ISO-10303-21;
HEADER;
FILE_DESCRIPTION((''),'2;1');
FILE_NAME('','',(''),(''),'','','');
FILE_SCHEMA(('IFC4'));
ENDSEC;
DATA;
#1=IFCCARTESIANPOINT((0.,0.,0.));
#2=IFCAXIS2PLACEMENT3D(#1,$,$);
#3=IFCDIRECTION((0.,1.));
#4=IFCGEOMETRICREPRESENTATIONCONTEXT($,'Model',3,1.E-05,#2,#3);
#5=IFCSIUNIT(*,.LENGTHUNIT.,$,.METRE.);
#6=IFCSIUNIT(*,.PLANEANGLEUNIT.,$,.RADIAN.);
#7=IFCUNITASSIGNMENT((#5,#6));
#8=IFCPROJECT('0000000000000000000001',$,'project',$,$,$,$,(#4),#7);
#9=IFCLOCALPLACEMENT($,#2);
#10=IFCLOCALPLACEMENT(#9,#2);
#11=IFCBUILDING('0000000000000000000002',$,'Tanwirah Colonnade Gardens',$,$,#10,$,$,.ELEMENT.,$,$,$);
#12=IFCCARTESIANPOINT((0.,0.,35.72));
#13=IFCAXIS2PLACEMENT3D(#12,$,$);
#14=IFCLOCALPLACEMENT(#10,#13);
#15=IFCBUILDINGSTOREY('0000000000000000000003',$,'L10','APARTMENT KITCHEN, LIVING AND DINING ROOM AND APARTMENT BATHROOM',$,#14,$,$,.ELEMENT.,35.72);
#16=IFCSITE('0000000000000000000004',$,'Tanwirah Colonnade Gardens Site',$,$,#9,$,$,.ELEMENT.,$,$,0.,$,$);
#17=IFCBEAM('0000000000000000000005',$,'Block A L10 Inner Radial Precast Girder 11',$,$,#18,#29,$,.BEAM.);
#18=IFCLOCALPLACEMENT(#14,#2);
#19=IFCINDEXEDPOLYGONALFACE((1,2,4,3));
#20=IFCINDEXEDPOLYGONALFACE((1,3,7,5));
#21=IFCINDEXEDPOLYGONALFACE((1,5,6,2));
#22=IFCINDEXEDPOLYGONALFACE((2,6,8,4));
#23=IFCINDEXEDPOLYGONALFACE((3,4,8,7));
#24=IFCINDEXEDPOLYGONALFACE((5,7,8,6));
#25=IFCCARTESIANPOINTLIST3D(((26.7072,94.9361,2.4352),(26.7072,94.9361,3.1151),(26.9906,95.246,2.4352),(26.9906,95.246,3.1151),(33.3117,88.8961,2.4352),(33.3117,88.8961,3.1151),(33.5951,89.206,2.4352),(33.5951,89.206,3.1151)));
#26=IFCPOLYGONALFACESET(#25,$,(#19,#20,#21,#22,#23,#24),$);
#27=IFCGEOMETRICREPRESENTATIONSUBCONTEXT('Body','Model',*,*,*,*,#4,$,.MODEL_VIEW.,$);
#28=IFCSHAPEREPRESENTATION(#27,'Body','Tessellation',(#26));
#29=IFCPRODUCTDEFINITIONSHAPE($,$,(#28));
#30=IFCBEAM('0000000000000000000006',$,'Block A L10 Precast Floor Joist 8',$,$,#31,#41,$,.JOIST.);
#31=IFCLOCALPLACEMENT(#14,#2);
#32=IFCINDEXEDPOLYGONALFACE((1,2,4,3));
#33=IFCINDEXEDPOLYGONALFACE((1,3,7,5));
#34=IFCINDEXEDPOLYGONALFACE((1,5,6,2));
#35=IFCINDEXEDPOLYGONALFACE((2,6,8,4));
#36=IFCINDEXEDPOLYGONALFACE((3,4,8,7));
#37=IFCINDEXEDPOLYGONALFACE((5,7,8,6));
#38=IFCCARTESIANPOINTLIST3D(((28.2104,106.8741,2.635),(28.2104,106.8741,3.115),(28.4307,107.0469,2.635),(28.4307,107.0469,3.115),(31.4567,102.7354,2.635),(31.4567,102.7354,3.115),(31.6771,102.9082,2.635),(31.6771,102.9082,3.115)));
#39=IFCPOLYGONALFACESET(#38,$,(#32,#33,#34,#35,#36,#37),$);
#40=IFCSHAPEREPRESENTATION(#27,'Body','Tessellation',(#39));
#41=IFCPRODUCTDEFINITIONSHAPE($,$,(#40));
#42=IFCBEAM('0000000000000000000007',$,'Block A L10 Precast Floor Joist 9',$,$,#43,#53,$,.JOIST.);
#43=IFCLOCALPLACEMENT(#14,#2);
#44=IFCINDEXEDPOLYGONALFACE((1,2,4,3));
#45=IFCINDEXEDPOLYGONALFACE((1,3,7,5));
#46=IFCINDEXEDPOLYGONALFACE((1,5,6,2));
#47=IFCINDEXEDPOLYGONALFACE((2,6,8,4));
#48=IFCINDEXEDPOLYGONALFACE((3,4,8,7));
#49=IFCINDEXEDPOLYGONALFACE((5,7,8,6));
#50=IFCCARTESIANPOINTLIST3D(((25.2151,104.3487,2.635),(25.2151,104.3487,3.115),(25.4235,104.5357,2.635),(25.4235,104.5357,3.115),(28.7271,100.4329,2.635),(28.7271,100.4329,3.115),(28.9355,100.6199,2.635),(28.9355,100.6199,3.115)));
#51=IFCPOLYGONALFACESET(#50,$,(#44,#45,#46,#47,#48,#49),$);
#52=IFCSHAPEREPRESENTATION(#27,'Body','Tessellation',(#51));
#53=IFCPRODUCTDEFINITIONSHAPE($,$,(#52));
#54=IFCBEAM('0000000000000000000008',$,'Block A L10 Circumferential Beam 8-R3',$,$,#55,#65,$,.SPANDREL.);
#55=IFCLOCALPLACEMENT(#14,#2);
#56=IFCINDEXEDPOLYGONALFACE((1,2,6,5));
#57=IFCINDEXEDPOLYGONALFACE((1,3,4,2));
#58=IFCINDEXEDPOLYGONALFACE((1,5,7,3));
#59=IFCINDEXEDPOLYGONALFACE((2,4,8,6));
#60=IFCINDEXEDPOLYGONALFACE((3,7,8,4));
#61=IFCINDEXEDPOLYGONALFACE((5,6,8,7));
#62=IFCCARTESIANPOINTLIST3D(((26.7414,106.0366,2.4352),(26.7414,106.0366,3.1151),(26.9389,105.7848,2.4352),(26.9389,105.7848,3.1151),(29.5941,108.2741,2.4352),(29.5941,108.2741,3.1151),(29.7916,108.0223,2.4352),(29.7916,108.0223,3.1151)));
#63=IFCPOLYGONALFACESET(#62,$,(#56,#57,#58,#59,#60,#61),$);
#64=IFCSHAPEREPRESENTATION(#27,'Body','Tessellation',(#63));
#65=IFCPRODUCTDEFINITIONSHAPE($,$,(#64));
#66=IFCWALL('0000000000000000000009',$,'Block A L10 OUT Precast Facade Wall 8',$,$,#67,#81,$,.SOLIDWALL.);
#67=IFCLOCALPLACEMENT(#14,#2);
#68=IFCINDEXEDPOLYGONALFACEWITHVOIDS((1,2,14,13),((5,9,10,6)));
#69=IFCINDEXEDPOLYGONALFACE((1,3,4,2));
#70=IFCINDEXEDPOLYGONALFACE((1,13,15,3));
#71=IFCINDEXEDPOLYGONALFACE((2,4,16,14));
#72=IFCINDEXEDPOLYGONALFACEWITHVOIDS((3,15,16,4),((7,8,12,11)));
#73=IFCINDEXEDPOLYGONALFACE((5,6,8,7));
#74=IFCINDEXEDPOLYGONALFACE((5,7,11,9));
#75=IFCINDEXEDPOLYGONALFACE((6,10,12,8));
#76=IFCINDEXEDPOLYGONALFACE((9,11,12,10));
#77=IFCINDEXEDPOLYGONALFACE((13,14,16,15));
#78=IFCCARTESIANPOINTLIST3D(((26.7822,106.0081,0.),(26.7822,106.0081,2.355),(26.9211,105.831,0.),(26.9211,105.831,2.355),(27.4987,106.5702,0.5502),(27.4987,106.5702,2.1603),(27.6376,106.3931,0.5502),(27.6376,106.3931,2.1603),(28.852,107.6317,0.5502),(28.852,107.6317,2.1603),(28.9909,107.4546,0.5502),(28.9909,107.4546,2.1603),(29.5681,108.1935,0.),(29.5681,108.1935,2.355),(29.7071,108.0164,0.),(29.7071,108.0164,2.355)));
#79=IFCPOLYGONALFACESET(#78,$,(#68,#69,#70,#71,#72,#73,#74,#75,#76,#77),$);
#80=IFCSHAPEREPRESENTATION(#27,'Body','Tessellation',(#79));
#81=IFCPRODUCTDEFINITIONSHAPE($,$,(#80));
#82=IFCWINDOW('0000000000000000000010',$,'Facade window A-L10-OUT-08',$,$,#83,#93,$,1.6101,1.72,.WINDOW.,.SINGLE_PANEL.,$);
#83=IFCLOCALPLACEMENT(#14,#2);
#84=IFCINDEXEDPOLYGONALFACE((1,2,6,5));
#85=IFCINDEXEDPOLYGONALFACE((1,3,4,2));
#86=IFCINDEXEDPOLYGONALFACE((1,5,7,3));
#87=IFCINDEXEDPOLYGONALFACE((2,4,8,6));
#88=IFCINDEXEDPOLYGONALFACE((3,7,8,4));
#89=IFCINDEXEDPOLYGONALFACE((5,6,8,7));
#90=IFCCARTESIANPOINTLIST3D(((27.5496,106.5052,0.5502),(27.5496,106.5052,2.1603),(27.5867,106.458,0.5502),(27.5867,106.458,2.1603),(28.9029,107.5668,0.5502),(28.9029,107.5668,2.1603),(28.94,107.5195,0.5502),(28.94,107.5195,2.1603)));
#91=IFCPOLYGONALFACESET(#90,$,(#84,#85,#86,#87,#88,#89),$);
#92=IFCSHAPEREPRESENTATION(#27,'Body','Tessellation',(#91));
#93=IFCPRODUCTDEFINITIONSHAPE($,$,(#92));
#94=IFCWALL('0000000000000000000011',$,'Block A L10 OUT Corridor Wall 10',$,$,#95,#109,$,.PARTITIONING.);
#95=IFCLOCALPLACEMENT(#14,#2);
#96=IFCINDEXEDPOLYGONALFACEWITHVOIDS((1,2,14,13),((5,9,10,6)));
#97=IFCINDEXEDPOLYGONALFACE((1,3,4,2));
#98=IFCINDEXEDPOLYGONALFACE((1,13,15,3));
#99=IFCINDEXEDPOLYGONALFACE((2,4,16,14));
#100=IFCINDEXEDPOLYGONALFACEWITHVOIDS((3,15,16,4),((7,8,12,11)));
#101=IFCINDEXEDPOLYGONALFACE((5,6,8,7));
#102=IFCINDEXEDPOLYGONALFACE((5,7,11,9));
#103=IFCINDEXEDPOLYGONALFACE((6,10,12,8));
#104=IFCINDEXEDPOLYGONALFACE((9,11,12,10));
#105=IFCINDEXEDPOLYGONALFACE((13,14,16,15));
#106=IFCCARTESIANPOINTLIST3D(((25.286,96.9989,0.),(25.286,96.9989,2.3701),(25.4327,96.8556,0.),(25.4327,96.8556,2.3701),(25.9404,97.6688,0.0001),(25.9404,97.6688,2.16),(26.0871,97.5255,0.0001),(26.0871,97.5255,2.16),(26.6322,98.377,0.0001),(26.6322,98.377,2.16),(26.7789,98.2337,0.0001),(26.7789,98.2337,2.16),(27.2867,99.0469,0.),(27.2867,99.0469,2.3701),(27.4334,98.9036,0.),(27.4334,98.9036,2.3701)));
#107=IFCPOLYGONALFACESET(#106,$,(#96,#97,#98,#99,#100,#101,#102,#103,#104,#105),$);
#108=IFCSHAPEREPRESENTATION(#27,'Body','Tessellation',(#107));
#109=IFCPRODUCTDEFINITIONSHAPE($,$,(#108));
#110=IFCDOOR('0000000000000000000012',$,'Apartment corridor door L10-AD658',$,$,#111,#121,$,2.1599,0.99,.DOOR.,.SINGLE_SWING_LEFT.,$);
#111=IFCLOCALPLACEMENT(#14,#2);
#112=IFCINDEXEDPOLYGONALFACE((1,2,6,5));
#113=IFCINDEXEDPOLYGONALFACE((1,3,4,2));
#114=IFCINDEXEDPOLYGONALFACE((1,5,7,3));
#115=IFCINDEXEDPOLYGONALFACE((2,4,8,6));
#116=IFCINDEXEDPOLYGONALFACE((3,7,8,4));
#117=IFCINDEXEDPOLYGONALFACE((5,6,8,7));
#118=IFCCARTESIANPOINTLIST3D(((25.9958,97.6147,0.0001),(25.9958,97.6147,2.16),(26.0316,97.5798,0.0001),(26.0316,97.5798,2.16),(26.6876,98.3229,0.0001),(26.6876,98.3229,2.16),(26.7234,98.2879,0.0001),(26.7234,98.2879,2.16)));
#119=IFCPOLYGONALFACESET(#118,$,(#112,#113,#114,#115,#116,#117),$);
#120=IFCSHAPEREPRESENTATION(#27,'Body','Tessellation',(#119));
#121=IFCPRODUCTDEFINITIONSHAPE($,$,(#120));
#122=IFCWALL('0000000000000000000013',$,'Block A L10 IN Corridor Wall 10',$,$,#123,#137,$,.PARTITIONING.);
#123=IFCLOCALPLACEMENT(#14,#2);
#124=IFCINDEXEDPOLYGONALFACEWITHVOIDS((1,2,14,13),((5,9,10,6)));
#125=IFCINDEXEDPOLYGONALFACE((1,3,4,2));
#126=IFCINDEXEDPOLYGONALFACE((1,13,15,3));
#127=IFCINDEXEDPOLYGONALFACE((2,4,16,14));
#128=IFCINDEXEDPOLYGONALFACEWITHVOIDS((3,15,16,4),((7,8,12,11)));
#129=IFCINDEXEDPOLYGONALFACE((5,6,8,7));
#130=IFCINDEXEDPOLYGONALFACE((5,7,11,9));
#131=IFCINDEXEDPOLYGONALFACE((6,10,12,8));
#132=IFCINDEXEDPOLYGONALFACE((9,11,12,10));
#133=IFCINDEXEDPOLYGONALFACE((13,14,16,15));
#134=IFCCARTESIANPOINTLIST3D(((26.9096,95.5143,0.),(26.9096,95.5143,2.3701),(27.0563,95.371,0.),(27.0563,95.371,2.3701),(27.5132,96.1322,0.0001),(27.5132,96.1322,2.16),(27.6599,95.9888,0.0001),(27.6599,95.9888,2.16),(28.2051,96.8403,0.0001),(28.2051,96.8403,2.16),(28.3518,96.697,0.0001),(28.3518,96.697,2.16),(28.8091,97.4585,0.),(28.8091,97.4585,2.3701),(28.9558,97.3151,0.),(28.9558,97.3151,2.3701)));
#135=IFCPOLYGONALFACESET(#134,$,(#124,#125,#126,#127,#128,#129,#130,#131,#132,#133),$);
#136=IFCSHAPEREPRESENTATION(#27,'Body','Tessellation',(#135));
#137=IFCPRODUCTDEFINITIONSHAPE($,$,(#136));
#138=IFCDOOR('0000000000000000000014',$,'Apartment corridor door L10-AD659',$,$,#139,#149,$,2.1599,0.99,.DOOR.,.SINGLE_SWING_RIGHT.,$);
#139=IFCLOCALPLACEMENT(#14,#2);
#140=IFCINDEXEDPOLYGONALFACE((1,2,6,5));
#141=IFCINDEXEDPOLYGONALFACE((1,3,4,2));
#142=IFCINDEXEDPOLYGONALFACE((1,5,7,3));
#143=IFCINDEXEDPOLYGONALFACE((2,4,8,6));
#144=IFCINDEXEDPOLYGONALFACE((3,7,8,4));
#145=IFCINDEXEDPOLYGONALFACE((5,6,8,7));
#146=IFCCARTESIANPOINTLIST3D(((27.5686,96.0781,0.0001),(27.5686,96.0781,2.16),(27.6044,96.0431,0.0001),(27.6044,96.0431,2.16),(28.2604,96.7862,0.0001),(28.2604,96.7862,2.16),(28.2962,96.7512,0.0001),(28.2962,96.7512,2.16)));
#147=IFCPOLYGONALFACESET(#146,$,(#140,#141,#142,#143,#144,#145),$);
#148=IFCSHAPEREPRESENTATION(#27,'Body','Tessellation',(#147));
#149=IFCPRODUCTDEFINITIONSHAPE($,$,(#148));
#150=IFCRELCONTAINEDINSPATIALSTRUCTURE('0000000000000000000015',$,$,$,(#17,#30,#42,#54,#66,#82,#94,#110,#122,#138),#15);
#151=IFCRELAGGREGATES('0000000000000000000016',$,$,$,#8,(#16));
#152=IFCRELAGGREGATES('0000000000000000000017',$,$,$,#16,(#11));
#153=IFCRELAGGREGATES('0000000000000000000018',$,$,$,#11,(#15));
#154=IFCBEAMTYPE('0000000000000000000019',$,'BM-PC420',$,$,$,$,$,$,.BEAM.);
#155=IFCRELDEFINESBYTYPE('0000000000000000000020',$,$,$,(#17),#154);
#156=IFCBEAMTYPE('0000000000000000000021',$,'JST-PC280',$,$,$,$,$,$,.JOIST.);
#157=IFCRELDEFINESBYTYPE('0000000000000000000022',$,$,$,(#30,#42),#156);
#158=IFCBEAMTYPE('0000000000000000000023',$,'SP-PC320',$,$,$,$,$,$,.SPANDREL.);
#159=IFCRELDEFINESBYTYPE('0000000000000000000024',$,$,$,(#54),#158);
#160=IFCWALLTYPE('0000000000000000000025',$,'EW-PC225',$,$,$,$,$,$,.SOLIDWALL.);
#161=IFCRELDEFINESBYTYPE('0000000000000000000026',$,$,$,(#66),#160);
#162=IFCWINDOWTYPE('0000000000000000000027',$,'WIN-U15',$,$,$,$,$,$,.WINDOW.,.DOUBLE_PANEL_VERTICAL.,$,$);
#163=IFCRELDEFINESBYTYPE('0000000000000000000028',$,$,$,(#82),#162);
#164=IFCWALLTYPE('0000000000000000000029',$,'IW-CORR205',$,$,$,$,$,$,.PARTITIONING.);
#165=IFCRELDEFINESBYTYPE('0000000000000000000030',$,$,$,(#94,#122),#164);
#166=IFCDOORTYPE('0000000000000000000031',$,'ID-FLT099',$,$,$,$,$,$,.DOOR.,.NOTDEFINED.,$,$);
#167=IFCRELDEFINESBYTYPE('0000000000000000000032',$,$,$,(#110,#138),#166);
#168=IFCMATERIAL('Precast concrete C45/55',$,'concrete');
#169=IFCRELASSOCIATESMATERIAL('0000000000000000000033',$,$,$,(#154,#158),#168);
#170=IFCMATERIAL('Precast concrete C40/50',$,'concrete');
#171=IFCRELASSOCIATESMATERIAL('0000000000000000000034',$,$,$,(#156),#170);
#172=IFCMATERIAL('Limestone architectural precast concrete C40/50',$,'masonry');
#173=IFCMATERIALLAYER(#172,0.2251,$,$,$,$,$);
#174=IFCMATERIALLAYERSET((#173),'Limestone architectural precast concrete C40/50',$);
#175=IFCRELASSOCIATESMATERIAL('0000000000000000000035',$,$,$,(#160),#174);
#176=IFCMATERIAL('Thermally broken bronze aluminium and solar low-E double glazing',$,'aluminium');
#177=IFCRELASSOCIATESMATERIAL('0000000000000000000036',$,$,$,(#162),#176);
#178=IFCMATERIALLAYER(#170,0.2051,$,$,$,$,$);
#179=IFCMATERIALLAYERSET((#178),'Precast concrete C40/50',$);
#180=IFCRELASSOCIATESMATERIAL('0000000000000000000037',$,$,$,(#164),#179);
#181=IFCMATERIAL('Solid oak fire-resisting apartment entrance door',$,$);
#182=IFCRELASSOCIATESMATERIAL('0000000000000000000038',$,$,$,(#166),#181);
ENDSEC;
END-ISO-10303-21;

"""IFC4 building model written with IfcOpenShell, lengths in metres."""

from ifc_helpers import new_model, si_unit, direction, frame, frame_2d, origin, origin_2d, place, context, subcontext, project, spatial, rectangle, extrude, material, layer, layer_set, material_profile, profile_set, type_object, element, fill, save


model = new_model("IFC4")

# Units and contexts
model_context = context("Model", 3, precision=1e-05, world=origin(), true_north=direction((0.0, 1.0)))
body_context = subcontext(model_context, "Body", "Model", "MODEL_VIEW")
ifc_project = project(units=[si_unit("LENGTHUNIT", "METRE"), si_unit("PLANEANGLEUNIT", "RADIAN")], contexts=[model_context])

# Site, building, storey
site_placement = place(None, origin())
site = spatial("IfcSite", under=ifc_project, at=site_placement, Name="Tanwirah Colonnade Gardens Site", CompositionType="ELEMENT", RefElevation=0.0)
building_placement = place(site_placement, origin())
building = spatial("IfcBuilding", under=site, at=building_placement, Name="Tanwirah Colonnade Gardens", CompositionType="ELEMENT")
storey_placement = place(building_placement, frame((0.0, 0.0, 35.72)))
storey = spatial("IfcBuildingStorey", under=building, at=storey_placement, Name="L10", Description="APARTMENT KITCHEN, LIVING AND DINING ROOM AND APARTMENT BATHROOM", CompositionType="ELEMENT", Elevation=35.72)

# Shared definitions
ifc_material_1 = material(Name="Precast concrete C40/50", Category="concrete")

# Beams
ifc_material_2 = material(Name="Precast concrete C45/55", Category="concrete")
ifc_material_profile_1 = material_profile(ifc_material_2, rectangle(XDim=0.4199, YDim=0.6799, at=origin_2d()), Name="PC-BM 420x680")
ifc_profile_set_1 = profile_set([ifc_material_profile_1], Name="Precast concrete C45/55")
beam_type_1 = type_object("IfcBeamType", Name="BM-PC420", PredefinedType="BEAM", material=ifc_profile_set_1)
beam_1_placement = place(storey_placement, frame((26.8489, 95.0911, 2.7751), z_axis=(0.737937, -0.674869, 0.0), x_axis=(0.674869, 0.737937, 0.0)))
element("IfcBeam", 1, at=beam_1_placement, inside=storey, type_object=beam_type_1, Name="Block A L10 Inner Radial Precast Girder 11", PredefinedType="BEAM", context=body_context, shape_type="SweptSolid", body=[
    extrude(rectangle(XDim=0.4199, YDim=0.6799, at=origin_2d()), origin(), (0.0, 0.0, 1.0), 8.95),
])
ifc_material_profile_2 = material_profile(ifc_material_1, rectangle(XDim=0.28, YDim=0.48, at=origin_2d()), Name="PC-JST 280x480")
ifc_profile_set_2 = profile_set([ifc_material_profile_2], Name="Precast concrete C40/50")
beam_type_2 = type_object("IfcBeamType", Name="JST-PC280", PredefinedType="JOIST", material=ifc_profile_set_2)
for number, where, z_axis, x_axis, name in (
    (2, (31.5669, 102.8218, 2.875), (-0.617178, 0.786824, 0.0), (-0.786824, -0.617178, 0.0), "Block A L10 Precast Floor Joist 8"),
    (3, (28.8313, 100.5264, 2.875), (-0.667679, 0.744449, 0.0), (-0.744449, -0.667679, 0.0), "Block A L10 Precast Floor Joist 9"),
):
    element("IfcBeam", number, at=place(storey_placement, frame(where, z_axis=z_axis, x_axis=x_axis)), inside=storey, type_object=beam_type_2, Name=name, PredefinedType="JOIST", context=body_context, shape_type="SweptSolid", body=[
        extrude(rectangle(XDim=0.28, YDim=0.48, at=origin_2d()), origin(), (0.0, 0.0, 1.0), 5.26),
    ])
ifc_material_profile_3 = material_profile(ifc_material_2, rectangle(XDim=0.3201, YDim=0.6799, at=origin_2d()), Name="PC-SP 320x680")
ifc_profile_set_3 = profile_set([ifc_material_profile_3], Name="Precast concrete C45/55")
beam_type_3 = type_object("IfcBeamType", Name="SP-PC320", PredefinedType="SPANDREL", material=ifc_profile_set_3)
beam_2_placement = place(storey_placement, frame((29.6929, 108.1482, 2.7751), z_axis=(-0.786844, -0.617152, 0.0), x_axis=(0.617152, -0.786844, 0.0)))
element("IfcBeam", 4, at=beam_2_placement, inside=storey, type_object=beam_type_3, Name="Block A L10 Circumferential Beam 8-R3", PredefinedType="SPANDREL", context=body_context, shape_type="SweptSolid", body=[
    extrude(rectangle(XDim=0.3201, YDim=0.6799, at=origin_2d()), origin(), (0.0, 0.0, 1.0), 3.6255),
])

# Wall, opening, window
ifc_material_3 = material(Name="Limestone architectural precast concrete C40/50", Category="masonry")
ifc_layer_1 = layer(ifc_material_3, 0.2251)
ifc_layer_set_1 = layer_set([ifc_layer_1], Name="Limestone architectural precast concrete C40/50")
wall_type_1 = type_object("IfcWallType", Name="EW-PC225", PredefinedType="SOLIDWALL", material=ifc_layer_set_1)
wall_1_placement = place(storey_placement, frame((29.6377, 108.105, 0.0), z_axis=(0.0, 0.0, 1.0), x_axis=(-0.786813, -0.617191, 0.0)))
wall_1 = element("IfcWall", 5, at=wall_1_placement, inside=storey, type_object=wall_type_1, Name="Block A L10 OUT Precast Facade Wall 8", PredefinedType="SOLIDWALL", context=body_context, shape_type="SweptSolid", body=[
    extrude(rectangle(XDim=3.5408, YDim=0.2251, at=frame_2d((1.7705, 0.0))), origin(), (0.0, 0.0, 1.0), 2.355),
])
opening_1_placement = place(wall_1_placement, frame((0.9104, 0.0, 0.55)))
opening_1 = element("IfcOpeningElement", 6, at=opening_1_placement, cuts=wall_1, PredefinedType="OPENING", context=body_context, shape_type="SweptSolid", body=[
    extrude(rectangle(XDim=1.72, YDim=1.6101, at=frame_2d((0.8599, 0.8052))), frame((0.0, 0.1226, 0.0), z_axis=(0.0, -1.0, 0.0), x_axis=(1.0, 0.0, 0.0)), (0.0, 0.0, 1.0), 0.2451),
])
ifc_material_4 = material(Name="Thermally broken bronze aluminium and solar low-E double glazing", Category="aluminium")
window_type = type_object("IfcWindowType", Name="WIN-U15", PartitioningType="DOUBLE_PANEL_VERTICAL", PredefinedType="WINDOW", material=ifc_material_4)
window_placement = place(opening_1_placement, origin())
window = element("IfcWindow", 7, at=window_placement, inside=storey, type_object=window_type, Name="Facade window A-L10-OUT-08", OverallHeight=1.6101, OverallWidth=1.72, PartitioningType="SINGLE_PANEL", PredefinedType="WINDOW", context=body_context, shape_type="SweptSolid", body=[
    extrude(rectangle(XDim=1.72, YDim=1.6101, at=frame_2d((0.8599, 0.8052))), frame((0.0, 0.03, 0.0), z_axis=(0.0, -1.0, 0.0), x_axis=(1.0, 0.0, 0.0)), (0.0, 0.0, 1.0), 0.0601),
])
fill(opening_1, window)

# Walls, openings, doors
ifc_layer_2 = layer(ifc_material_1, 0.2051)
ifc_layer_set_2 = layer_set([ifc_layer_2], Name="Precast concrete C40/50")
wall_type_2 = type_object("IfcWallType", Name="IW-CORR205", PredefinedType="PARTITIONING", material=ifc_layer_set_2)
ifc_material_5 = material(Name="Solid oak fire-resisting apartment entrance door")
wall_2_placement = place(storey_placement, frame((27.3601, 98.9753, 0.0), z_axis=(0.0, 0.0, 1.0), x_axis=(-0.698787, -0.71533, 0.0)))
wall_2 = element("IfcWall", 8, at=wall_2_placement, inside=storey, type_object=wall_type_2, Name="Block A L10 OUT Corridor Wall 10", PredefinedType="PARTITIONING", context=body_context, shape_type="SweptSolid", body=[
    extrude(rectangle(XDim=2.863, YDim=0.2051, at=frame_2d((1.4316, 0.0))), origin(), (0.0, 0.0, 1.0), 2.3701),
])
opening_2_placement = place(wall_2_placement, frame((0.9365, 0.0, 0.0)))
opening_2 = element("IfcOpeningElement", 9, at=opening_2_placement, cuts=wall_2, PredefinedType="OPENING", context=body_context, shape_type="SweptSolid", body=[
    extrude(rectangle(XDim=0.99, YDim=2.1599, at=frame_2d((0.4951, 1.0801))), frame((0.0, 0.1125, 0.0), z_axis=(0.0, -1.0, 0.0), x_axis=(1.0, 0.0, 0.0)), (0.0, 0.0, 1.0), 0.2251),
])
door_type_1 = type_object("IfcDoorType", Name="ID-FLT099", OperationType="NOTDEFINED", PredefinedType="DOOR", material=ifc_material_5)
door_1_placement = place(opening_2_placement, origin())
door_1 = element("IfcDoor", 10, at=door_1_placement, inside=storey, type_object=door_type_1, Name="Apartment corridor door L10-AD658", OperationType="SINGLE_SWING_LEFT", OverallHeight=2.1599, OverallWidth=0.99, PredefinedType="DOOR", context=body_context, shape_type="SweptSolid", body=[
    extrude(rectangle(XDim=0.99, YDim=2.1599, at=frame_2d((0.4951, 1.0801))), frame((0.0, 0.0249, 0.0), z_axis=(0.0, -1.0, 0.0), x_axis=(1.0, 0.0, 0.0)), (0.0, 0.0, 1.0), 0.05),
])
fill(opening_2, door_1)
wall_3_placement = place(storey_placement, frame((28.8823, 97.3867, 0.0), z_axis=(0.0, 0.0, 1.0), x_axis=(-0.69884, -0.715278, 0.0)))
wall_3 = element("IfcWall", 11, at=wall_3_placement, inside=storey, type_object=wall_type_2, Name="Block A L10 IN Corridor Wall 10", PredefinedType="PARTITIONING", context=body_context, shape_type="SweptSolid", body=[
    extrude(rectangle(XDim=2.718, YDim=0.2051, at=frame_2d((1.3589, 0.0))), origin(), (0.0, 0.0, 1.0), 2.3701),
])
opening_3_placement = place(wall_3_placement, frame((0.864, 0.0, 0.0)))
opening_3 = element("IfcOpeningElement", 12, at=opening_3_placement, cuts=wall_3, PredefinedType="OPENING", context=body_context, shape_type="SweptSolid", body=[
    extrude(rectangle(XDim=0.99, YDim=2.1599, at=frame_2d((0.4951, 1.0801))), frame((0.0, 0.1125, 0.0), z_axis=(0.0, -1.0, 0.0), x_axis=(1.0, 0.0, 0.0)), (0.0, 0.0, 1.0), 0.2251),
])
door_2_placement = place(opening_3_placement, origin())
door_2 = element("IfcDoor", 13, at=door_2_placement, inside=storey, type_object=door_type_1, Name="Apartment corridor door L10-AD659", OperationType="SINGLE_SWING_RIGHT", OverallHeight=2.1599, OverallWidth=0.99, PredefinedType="DOOR", context=body_context, shape_type="SweptSolid", body=[
    extrude(rectangle(XDim=0.99, YDim=2.1599, at=frame_2d((0.4951, 1.0801))), frame((0.0, 0.0249, 0.0), z_axis=(0.0, -1.0, 0.0), x_axis=(1.0, 0.0, 0.0)), (0.0, 0.0, 1.0), 0.05),
])
fill(opening_3, door_2)

save(model, "model.ifc")
